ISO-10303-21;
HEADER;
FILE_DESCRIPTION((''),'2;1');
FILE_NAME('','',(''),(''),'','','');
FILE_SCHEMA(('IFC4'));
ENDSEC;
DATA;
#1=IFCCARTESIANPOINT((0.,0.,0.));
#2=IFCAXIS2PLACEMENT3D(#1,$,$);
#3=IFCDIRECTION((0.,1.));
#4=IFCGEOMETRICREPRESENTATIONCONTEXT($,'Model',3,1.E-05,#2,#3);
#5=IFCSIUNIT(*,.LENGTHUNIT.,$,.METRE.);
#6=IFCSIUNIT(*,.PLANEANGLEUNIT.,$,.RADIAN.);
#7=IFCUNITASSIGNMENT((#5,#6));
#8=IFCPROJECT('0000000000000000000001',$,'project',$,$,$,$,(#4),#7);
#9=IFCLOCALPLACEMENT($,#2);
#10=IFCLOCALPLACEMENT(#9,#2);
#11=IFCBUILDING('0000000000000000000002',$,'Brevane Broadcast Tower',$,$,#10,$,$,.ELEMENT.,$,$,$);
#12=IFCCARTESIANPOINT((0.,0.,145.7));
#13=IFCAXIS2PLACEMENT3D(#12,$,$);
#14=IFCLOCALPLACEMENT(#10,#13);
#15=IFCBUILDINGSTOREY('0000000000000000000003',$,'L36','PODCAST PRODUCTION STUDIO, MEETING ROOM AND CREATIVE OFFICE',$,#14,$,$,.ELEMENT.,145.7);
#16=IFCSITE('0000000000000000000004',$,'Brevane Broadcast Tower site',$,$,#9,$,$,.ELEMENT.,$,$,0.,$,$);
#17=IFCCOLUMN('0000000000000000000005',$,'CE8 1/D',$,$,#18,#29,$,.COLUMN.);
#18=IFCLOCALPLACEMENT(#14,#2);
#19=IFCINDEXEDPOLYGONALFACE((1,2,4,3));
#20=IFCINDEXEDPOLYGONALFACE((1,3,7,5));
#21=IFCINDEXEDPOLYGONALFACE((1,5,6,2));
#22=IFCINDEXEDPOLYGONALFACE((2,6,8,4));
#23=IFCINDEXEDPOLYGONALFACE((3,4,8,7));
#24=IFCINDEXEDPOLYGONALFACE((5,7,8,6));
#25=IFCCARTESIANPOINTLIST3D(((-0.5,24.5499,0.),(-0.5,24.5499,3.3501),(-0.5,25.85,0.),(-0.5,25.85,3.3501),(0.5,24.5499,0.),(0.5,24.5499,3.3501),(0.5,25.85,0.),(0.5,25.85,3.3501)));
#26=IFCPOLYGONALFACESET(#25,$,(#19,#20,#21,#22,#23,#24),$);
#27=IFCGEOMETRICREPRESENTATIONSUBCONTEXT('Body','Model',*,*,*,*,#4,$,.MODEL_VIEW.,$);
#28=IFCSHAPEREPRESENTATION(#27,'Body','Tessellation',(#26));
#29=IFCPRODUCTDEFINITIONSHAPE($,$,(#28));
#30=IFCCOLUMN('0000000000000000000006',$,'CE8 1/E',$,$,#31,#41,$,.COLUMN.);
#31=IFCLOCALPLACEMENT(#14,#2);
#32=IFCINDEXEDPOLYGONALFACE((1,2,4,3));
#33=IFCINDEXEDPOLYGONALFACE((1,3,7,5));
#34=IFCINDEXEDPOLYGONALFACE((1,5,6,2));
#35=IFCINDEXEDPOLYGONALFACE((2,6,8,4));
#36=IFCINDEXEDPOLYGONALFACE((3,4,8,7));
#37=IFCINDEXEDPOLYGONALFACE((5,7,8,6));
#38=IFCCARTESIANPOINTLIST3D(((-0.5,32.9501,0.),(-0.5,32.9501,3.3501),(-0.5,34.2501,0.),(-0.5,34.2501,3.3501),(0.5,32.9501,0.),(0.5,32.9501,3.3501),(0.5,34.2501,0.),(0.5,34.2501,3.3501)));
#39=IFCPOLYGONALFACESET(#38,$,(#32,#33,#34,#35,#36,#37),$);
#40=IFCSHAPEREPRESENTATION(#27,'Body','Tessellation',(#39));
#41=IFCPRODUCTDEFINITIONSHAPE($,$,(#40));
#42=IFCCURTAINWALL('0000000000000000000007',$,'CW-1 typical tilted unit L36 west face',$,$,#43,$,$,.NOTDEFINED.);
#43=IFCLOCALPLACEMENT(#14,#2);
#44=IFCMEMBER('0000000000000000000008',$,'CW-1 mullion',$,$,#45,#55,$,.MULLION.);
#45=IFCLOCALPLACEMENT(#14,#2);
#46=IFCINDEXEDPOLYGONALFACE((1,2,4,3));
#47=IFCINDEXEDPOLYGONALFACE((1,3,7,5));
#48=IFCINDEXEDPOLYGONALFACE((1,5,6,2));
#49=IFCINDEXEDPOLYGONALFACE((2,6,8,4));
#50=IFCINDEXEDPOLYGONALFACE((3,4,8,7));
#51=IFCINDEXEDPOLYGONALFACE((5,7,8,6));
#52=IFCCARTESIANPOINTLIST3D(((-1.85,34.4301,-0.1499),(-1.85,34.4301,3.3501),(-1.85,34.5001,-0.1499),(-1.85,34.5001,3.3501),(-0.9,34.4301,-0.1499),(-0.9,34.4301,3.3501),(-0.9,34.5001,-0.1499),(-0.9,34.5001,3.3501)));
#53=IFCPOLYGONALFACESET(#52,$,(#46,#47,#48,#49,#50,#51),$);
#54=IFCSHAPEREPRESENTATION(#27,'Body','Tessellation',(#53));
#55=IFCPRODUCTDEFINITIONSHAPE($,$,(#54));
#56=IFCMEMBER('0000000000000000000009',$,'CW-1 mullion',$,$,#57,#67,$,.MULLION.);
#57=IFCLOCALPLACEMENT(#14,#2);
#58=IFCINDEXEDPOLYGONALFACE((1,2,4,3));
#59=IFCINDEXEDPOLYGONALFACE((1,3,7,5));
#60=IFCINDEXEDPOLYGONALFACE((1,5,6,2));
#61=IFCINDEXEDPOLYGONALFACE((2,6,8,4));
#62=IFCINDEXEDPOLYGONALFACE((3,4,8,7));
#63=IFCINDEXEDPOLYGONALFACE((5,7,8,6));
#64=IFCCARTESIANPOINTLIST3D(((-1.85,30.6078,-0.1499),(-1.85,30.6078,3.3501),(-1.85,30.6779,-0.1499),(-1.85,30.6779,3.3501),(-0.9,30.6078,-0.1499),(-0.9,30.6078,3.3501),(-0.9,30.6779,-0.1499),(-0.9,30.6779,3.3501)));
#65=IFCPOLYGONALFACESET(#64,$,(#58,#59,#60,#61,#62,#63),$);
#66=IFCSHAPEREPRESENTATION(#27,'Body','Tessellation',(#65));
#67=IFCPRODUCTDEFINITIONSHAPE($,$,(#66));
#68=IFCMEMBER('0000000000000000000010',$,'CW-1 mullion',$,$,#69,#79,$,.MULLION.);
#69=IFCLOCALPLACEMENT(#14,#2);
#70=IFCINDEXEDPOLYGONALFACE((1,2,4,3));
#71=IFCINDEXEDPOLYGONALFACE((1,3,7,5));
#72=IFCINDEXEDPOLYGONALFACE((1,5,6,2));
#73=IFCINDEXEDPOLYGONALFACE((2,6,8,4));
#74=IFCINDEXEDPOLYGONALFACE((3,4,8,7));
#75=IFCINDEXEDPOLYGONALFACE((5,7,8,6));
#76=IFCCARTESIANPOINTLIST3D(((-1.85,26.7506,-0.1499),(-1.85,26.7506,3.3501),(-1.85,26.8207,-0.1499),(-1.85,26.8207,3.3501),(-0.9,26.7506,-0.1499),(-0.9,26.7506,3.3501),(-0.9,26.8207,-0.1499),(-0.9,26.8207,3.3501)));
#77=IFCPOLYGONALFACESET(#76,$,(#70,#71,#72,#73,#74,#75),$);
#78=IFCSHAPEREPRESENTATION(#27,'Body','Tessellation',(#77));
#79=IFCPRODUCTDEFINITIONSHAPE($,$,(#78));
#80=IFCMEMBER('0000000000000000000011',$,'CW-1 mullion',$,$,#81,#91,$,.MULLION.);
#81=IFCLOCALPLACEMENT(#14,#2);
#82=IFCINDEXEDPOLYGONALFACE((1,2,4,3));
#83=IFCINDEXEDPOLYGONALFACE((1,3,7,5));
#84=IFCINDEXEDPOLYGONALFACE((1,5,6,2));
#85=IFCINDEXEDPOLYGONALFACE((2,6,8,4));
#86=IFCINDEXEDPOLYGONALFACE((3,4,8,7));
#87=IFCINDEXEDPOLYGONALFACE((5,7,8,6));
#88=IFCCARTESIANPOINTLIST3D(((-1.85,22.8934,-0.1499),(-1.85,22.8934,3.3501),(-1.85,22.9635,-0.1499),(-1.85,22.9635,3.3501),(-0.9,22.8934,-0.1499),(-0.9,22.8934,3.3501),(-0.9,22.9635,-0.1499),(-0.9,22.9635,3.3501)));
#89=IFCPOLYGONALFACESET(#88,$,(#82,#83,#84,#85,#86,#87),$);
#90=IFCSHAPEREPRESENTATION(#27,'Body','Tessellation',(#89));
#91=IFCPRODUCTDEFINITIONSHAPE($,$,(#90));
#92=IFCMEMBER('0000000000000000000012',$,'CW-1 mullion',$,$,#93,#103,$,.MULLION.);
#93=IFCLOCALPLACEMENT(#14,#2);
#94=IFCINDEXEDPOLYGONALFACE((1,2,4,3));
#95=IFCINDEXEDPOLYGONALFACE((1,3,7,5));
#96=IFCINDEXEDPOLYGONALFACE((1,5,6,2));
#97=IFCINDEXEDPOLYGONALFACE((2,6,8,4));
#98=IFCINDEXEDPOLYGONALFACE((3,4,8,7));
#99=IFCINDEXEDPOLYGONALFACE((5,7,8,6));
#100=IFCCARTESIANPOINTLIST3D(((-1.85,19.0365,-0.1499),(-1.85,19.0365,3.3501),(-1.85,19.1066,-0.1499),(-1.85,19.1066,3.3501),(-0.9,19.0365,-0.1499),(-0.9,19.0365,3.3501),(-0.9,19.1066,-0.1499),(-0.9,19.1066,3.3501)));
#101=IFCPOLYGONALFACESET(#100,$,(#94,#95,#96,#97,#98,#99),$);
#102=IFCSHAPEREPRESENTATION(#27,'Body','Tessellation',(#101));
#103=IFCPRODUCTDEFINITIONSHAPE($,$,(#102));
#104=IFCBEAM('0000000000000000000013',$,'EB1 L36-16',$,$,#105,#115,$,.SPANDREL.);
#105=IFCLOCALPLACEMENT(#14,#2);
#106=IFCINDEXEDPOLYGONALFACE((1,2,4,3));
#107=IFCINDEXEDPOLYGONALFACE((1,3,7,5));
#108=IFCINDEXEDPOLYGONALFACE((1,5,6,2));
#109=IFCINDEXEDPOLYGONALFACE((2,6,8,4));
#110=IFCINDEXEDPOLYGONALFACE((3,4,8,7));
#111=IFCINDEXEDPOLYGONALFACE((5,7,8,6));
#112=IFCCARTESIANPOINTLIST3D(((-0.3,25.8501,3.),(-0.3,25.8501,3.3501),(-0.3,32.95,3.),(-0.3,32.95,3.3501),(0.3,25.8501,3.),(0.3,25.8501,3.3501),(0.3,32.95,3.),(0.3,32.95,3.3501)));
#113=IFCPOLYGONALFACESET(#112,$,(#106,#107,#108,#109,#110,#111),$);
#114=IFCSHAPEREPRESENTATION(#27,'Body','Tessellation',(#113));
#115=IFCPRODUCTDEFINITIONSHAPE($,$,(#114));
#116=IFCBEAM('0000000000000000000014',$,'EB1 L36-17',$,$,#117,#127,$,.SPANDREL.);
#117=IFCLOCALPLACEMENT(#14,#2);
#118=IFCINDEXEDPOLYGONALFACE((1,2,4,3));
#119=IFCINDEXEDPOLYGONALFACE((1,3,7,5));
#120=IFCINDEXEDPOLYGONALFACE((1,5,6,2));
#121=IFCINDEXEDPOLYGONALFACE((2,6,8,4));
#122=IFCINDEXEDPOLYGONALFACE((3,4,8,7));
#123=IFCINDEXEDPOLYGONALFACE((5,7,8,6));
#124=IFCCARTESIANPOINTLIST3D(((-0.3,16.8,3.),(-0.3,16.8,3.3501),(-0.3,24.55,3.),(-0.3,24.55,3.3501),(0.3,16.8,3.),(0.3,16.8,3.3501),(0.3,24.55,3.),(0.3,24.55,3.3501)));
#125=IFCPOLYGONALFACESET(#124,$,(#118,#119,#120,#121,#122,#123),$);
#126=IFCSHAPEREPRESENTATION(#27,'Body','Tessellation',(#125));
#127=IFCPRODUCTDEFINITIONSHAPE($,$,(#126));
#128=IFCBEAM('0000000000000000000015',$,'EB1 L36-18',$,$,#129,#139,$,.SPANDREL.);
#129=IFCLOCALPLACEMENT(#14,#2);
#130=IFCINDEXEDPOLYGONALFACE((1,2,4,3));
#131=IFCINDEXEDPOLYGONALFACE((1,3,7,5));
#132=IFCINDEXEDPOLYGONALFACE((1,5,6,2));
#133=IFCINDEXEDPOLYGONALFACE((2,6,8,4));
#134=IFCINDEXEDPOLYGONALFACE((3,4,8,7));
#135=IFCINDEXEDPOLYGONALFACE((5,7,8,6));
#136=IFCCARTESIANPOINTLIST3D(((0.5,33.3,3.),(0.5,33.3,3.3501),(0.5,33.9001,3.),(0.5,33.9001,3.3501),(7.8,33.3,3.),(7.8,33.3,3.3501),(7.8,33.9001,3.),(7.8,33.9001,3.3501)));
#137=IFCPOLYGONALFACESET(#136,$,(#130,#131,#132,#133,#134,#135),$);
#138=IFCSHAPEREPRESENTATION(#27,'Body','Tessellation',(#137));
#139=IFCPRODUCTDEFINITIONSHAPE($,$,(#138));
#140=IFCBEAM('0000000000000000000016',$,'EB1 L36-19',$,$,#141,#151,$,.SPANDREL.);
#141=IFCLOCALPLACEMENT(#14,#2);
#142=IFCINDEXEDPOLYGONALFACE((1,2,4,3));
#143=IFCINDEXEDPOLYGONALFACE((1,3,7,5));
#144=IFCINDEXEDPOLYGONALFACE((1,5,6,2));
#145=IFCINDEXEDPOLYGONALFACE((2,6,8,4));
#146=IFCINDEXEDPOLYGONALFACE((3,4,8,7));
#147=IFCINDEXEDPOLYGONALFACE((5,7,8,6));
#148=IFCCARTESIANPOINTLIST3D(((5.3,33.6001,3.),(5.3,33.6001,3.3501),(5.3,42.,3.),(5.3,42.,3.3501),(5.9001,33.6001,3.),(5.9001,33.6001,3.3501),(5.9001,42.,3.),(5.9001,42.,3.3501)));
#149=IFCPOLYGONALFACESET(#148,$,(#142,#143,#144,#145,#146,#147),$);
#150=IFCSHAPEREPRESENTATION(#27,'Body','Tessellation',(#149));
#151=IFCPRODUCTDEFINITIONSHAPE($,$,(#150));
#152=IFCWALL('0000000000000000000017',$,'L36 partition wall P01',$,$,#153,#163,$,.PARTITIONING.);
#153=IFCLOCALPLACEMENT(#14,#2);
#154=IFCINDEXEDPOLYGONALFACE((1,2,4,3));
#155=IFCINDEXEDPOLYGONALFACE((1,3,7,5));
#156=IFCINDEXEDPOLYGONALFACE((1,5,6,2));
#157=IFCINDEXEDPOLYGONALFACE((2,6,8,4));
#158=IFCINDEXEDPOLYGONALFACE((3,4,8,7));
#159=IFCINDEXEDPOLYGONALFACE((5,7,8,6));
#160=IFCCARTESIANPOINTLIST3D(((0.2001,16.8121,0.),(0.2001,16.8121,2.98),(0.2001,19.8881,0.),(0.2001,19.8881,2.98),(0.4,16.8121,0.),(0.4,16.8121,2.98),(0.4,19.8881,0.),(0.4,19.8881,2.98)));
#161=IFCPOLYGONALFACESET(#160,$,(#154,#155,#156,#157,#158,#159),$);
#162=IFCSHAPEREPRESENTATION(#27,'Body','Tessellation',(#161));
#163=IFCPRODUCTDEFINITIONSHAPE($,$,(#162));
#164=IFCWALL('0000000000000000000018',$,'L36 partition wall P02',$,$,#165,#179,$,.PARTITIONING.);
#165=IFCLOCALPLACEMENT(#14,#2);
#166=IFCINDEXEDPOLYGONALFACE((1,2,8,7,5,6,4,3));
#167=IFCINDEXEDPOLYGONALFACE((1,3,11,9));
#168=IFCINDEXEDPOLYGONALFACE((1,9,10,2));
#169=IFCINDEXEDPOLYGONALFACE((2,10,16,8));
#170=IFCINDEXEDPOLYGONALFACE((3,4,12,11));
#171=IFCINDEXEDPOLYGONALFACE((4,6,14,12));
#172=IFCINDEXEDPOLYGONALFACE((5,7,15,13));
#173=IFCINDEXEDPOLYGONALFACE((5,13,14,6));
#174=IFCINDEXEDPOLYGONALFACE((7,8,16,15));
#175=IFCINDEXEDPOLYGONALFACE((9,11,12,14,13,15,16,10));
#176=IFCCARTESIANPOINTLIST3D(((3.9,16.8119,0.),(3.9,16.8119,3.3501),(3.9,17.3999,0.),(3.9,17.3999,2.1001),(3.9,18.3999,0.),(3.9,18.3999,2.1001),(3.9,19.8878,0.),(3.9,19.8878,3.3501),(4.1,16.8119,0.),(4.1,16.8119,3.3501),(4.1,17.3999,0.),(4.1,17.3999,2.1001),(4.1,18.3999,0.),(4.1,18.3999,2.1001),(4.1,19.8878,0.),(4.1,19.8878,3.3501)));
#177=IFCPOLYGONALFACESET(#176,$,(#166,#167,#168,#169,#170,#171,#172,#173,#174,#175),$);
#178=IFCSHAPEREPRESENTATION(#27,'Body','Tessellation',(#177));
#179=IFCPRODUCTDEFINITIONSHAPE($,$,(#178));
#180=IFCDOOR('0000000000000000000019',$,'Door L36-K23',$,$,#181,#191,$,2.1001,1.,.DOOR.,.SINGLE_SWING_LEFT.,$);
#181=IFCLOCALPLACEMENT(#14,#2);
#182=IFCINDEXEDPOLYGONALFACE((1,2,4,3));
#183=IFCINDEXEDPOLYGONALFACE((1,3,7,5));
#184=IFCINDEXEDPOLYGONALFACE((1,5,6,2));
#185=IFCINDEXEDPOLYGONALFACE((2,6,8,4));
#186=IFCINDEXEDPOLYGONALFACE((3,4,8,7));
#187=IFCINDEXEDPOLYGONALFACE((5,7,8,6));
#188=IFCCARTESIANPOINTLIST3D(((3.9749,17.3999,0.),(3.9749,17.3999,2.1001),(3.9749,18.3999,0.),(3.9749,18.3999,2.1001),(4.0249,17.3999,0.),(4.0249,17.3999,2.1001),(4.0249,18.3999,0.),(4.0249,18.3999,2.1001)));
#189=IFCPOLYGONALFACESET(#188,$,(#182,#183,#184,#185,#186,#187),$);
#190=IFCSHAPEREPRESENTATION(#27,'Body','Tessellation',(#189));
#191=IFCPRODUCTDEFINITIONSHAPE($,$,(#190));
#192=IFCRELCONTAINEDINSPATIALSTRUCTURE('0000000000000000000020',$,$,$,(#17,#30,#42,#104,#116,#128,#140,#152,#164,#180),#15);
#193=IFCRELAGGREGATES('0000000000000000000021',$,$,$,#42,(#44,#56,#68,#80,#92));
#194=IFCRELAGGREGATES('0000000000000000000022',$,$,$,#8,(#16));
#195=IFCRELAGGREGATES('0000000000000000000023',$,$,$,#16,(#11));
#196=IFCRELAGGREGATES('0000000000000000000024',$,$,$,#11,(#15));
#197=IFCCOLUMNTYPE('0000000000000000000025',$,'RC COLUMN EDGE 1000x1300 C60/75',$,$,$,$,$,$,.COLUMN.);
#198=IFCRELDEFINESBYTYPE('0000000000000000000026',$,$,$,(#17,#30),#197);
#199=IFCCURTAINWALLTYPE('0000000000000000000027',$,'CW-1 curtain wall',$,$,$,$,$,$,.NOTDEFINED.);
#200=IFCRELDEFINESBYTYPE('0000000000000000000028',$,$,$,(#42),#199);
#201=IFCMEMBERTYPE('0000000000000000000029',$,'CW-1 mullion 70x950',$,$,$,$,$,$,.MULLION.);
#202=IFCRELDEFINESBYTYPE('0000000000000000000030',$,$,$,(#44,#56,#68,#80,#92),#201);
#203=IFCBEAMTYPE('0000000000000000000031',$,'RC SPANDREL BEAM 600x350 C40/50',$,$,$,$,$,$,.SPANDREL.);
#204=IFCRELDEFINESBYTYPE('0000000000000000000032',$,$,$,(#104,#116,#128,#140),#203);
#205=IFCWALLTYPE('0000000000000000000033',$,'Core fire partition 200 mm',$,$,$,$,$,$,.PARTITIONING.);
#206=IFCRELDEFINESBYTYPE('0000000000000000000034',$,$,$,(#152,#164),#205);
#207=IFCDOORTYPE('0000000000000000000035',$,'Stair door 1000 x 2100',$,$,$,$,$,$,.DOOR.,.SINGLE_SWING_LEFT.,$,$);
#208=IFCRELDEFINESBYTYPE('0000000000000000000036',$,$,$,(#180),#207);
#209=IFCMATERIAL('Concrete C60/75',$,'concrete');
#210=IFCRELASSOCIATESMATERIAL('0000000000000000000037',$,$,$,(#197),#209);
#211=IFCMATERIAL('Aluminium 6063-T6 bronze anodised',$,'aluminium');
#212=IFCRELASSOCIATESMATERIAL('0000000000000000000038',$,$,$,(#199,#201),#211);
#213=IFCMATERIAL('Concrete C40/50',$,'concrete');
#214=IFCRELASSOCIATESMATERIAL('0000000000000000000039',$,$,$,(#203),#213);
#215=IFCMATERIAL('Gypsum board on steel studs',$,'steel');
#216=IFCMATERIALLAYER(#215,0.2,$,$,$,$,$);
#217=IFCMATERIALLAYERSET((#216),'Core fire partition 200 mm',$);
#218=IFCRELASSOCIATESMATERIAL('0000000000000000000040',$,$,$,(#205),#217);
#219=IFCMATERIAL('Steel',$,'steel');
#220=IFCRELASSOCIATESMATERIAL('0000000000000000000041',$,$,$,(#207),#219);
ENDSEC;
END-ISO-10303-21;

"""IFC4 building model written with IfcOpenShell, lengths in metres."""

from ifc_helpers import new_model, si_unit, direction, frame, frame_2d, origin, origin_2d, place, context, subcontext, project, spatial, rectangle, extrude, material, layer, layer_set, material_profile, profile_set, type_object, element, fill, aggregate, save


model = new_model("IFC4")

# Units and contexts
model_context = context("Model", 3, precision=1e-05, world=origin(), true_north=direction((0.0, 1.0)))
body_context = subcontext(model_context, "Body", "Model", "MODEL_VIEW")
ifc_project = project(units=[si_unit("LENGTHUNIT", "METRE"), si_unit("PLANEANGLEUNIT", "RADIAN")], contexts=[model_context])

# Site, building, storey
site_placement = place(None, origin())
site = spatial("IfcSite", under=ifc_project, at=site_placement, Name="Brevane Broadcast Tower site", CompositionType="ELEMENT", RefElevation=0.0)
building_placement = place(site_placement, origin())
building = spatial("IfcBuilding", under=site, at=building_placement, Name="Brevane Broadcast Tower", CompositionType="ELEMENT")
storey_placement = place(building_placement, frame((0.0, 0.0, 145.7)))
storey = spatial("IfcBuildingStorey", under=building, at=storey_placement, Name="L36", Description="PODCAST PRODUCTION STUDIO, MEETING ROOM AND CREATIVE OFFICE", CompositionType="ELEMENT", Elevation=145.7)

# Columns
ifc_material_1 = material(Name="Concrete C60/75", Category="concrete")
ifc_material_profile_1 = material_profile(ifc_material_1, rectangle(XDim=1.0, YDim=1.3, at=origin_2d()), Name="RC 1000x1300")
ifc_profile_set_1 = profile_set([ifc_material_profile_1], Name="Concrete C60/75")
column_type = type_object("IfcColumnType", Name="RC COLUMN EDGE 1000x1300 C60/75", PredefinedType="COLUMN", material=ifc_profile_set_1)
for number, where, z_axis, x_axis, name in (
    (1, (0.0, 25.2, 0.0), (0.0, 0.0, 1.0), (1.0, 0.0, 0.0), "CE8 1/D"),
    (2, (0.0, 33.6001, 0.0), (0.0, 0.0, 1.0), (1.0, 0.0, 0.0), "CE8 1/E"),
):
    element("IfcColumn", number, at=place(storey_placement, frame(where, z_axis=z_axis, x_axis=x_axis)), inside=storey, type_object=column_type, Name=name, PredefinedType="COLUMN", context=body_context, shape_type="SweptSolid", body=[
        extrude(rectangle(XDim=1.0, YDim=1.3, at=origin_2d()), origin(), (0.0, 0.0, 1.0), 3.3501),
    ])

# Curtain wall, members
ifc_material_2 = material(Name="Aluminium 6063-T6 bronze anodised", Category="aluminium")
curtain_wall_type = type_object("IfcCurtainWallType", Name="CW-1 curtain wall", PredefinedType="NOTDEFINED", material=ifc_material_2)
curtain_wall_placement = place(storey_placement, origin())
curtain_wall = element("IfcCurtainWall", 3, at=curtain_wall_placement, inside=storey, type_object=curtain_wall_type, Name="CW-1 typical tilted unit L36 west face", PredefinedType="NOTDEFINED")
ifc_material_profile_2 = material_profile(ifc_material_2, rectangle(XDim=0.95, YDim=0.0701, at=origin_2d()), Name="RECT 70x950")
ifc_profile_set_2 = profile_set([ifc_material_profile_2], Name="Aluminium 6063-T6 bronze anodised")
member_type = type_object("IfcMemberType", Name="CW-1 mullion 70x950", PredefinedType="MULLION", material=ifc_profile_set_2)
member_1_placement = place(storey_placement, frame((-1.375, 34.4651, -0.1499), z_axis=(0.0, 0.0, 1.0), x_axis=(1.0, 0.0, 0.0)))
member_1 = element("IfcMember", 4, at=member_1_placement, type_object=member_type, Name="CW-1 mullion", PredefinedType="MULLION", context=body_context, shape_type="SweptSolid", body=[
    extrude(rectangle(XDim=0.95, YDim=0.0701, at=origin_2d()), origin(), (0.0, 0.0, 1.0), 3.5),
])
member_2_placement = place(storey_placement, frame((-1.375, 30.6428, -0.1499), z_axis=(0.0, 0.0, 1.0), x_axis=(1.0, 0.0, 0.0)))
member_2 = element("IfcMember", 5, at=member_2_placement, type_object=member_type, Name="CW-1 mullion", PredefinedType="MULLION", context=body_context, shape_type="SweptSolid", body=[
    extrude(rectangle(XDim=0.95, YDim=0.0701, at=origin_2d()), origin(), (0.0, 0.0, 1.0), 3.5),
])
member_3_placement = place(storey_placement, frame((-1.375, 26.7856, -0.1499), z_axis=(0.0, 0.0, 1.0), x_axis=(1.0, 0.0, 0.0)))
member_3 = element("IfcMember", 6, at=member_3_placement, type_object=member_type, Name="CW-1 mullion", PredefinedType="MULLION", context=body_context, shape_type="SweptSolid", body=[
    extrude(rectangle(XDim=0.95, YDim=0.0701, at=origin_2d()), origin(), (0.0, 0.0, 1.0), 3.5),
])
member_4_placement = place(storey_placement, frame((-1.375, 22.9285, -0.1499), z_axis=(0.0, 0.0, 1.0), x_axis=(1.0, 0.0, 0.0)))
member_4 = element("IfcMember", 7, at=member_4_placement, type_object=member_type, Name="CW-1 mullion", PredefinedType="MULLION", context=body_context, shape_type="SweptSolid", body=[
    extrude(rectangle(XDim=0.95, YDim=0.0701, at=origin_2d()), origin(), (0.0, 0.0, 1.0), 3.5),
])
member_5_placement = place(storey_placement, frame((-1.375, 19.0715, -0.1499), z_axis=(0.0, 0.0, 1.0), x_axis=(1.0, 0.0, 0.0)))
member_5 = element("IfcMember", 8, at=member_5_placement, type_object=member_type, Name="CW-1 mullion", PredefinedType="MULLION", context=body_context, shape_type="SweptSolid", body=[
    extrude(rectangle(XDim=0.95, YDim=0.0701, at=origin_2d()), origin(), (0.0, 0.0, 1.0), 3.5),
])
aggregate(curtain_wall, [member_1, member_2, member_3, member_4, member_5])

# Beams
ifc_material_3 = material(Name="Concrete C40/50", Category="concrete")
ifc_material_profile_3 = material_profile(ifc_material_3, rectangle(XDim=0.6001, YDim=0.3501, at=origin_2d()), Name="RC 600x350")
ifc_profile_set_3 = profile_set([ifc_material_profile_3], Name="Concrete C40/50")
beam_type = type_object("IfcBeamType", Name="RC SPANDREL BEAM 600x350 C40/50", PredefinedType="SPANDREL", material=ifc_profile_set_3)
beam_1_placement = place(storey_placement, frame((0.0, 32.95, 3.175), z_axis=(0.0, -1.0, 0.0), x_axis=(1.0, 0.0, 0.0)))
element("IfcBeam", 9, at=beam_1_placement, inside=storey, type_object=beam_type, Name="EB1 L36-16", PredefinedType="SPANDREL", context=body_context, shape_type="SweptSolid", body=[
    extrude(rectangle(XDim=0.6001, YDim=0.3501, at=origin_2d()), origin(), (0.0, 0.0, 1.0), 7.0999),
])
beam_2_placement = place(storey_placement, frame((0.0, 24.55, 3.175), z_axis=(0.0, -1.0, 0.0), x_axis=(1.0, 0.0, 0.0)))
element("IfcBeam", 10, at=beam_2_placement, inside=storey, type_object=beam_type, Name="EB1 L36-17", PredefinedType="SPANDREL", context=body_context, shape_type="SweptSolid", body=[
    extrude(rectangle(XDim=0.6001, YDim=0.3501, at=origin_2d()), origin(), (0.0, 0.0, 1.0), 7.75),
])
beam_3_placement = place(storey_placement, frame((0.5, 33.6001, 3.175), z_axis=(1.0, 0.0, 0.0), x_axis=(0.0, 1.0, 0.0)))
element("IfcBeam", 11, at=beam_3_placement, inside=storey, type_object=beam_type, Name="EB1 L36-18", PredefinedType="SPANDREL", context=body_context, shape_type="SweptSolid", body=[
    extrude(rectangle(XDim=0.6001, YDim=0.3501, at=origin_2d()), origin(), (0.0, 0.0, 1.0), 7.3),
])
beam_4_placement = place(storey_placement, frame((5.6001, 33.6001, 3.175), z_axis=(0.0, 1.0, 0.0), x_axis=(-1.0, 0.0, 0.0)))
element("IfcBeam", 12, at=beam_4_placement, inside=storey, type_object=beam_type, Name="EB1 L36-19", PredefinedType="SPANDREL", context=body_context, shape_type="SweptSolid", body=[
    extrude(rectangle(XDim=0.6001, YDim=0.3501, at=origin_2d()), origin(), (0.0, 0.0, 1.0), 8.3999),
])

# Wall
ifc_material_4 = material(Name="Gypsum board on steel studs", Category="steel")
ifc_layer_1 = layer(ifc_material_4, 0.2)
ifc_layer_set_1 = layer_set([ifc_layer_1], Name="Core fire partition 200 mm")
wall_type_1 = type_object("IfcWallType", Name="Core fire partition 200 mm", PredefinedType="PARTITIONING", material=ifc_layer_set_1)
wall_1_placement = place(storey_placement, frame((0.3, 16.812, 0.0), z_axis=(0.0, 0.0, 1.0), x_axis=(0.0, 1.0, 0.0)))
element("IfcWall", 13, at=wall_1_placement, inside=storey, type_object=wall_type_1, Name="L36 partition wall P01", PredefinedType="PARTITIONING", context=body_context, shape_type="SweptSolid", body=[
    extrude(rectangle(XDim=3.0759, YDim=0.2, at=frame_2d((1.5381, 0.0))), origin(), (0.0, 0.0, 1.0), 2.98),
])

# Wall, opening, door
wall_2_placement = place(storey_placement, frame((4.0, 19.8879, 0.0), z_axis=(0.0, 0.0, 1.0), x_axis=(0.0, -1.0, 0.0)))
wall_2 = element("IfcWall", 14, at=wall_2_placement, inside=storey, type_object=wall_type_1, Name="L36 partition wall P02", PredefinedType="PARTITIONING", context=body_context, shape_type="SweptSolid", body=[
    extrude(rectangle(XDim=3.0759, YDim=0.2, at=frame_2d((1.5381, 0.0))), origin(), (0.0, 0.0, 1.0), 3.3501),
])
opening_1_placement = place(wall_2_placement, frame((1.488, 0.0, 0.0)))
opening_1 = element("IfcOpeningElement", 15, at=opening_1_placement, cuts=wall_2, PredefinedType="OPENING", context=body_context, shape_type="SweptSolid", body=[
    extrude(rectangle(XDim=1.0, YDim=2.1001, at=frame_2d((0.5, 1.05))), frame((0.0, 0.1099, 0.0), z_axis=(0.0, -1.0, 0.0), x_axis=(1.0, 0.0, 0.0)), (0.0, 0.0, 1.0), 0.22),
])
ifc_material_5 = material(Name="Steel", Category="steel")
door_type_1 = type_object("IfcDoorType", Name="Stair door 1000 x 2100", OperationType="SINGLE_SWING_LEFT", PredefinedType="DOOR", material=ifc_material_5)
door_1_placement = place(opening_1_placement, origin())
door_1 = element("IfcDoor", 16, at=door_1_placement, inside=storey, type_object=door_type_1, Name="Door L36-K23", OperationType="SINGLE_SWING_LEFT", OverallHeight=2.1001, OverallWidth=1.0, PredefinedType="DOOR", context=body_context, shape_type="SweptSolid", body=[
    extrude(rectangle(XDim=1.0, YDim=2.1001, at=frame_2d((0.5, 1.05))), frame((0.0, 0.0249, 0.0), z_axis=(0.0, -1.0, 0.0), x_axis=(1.0, 0.0, 0.0)), (0.0, 0.0, 1.0), 0.05),
])
fill(opening_1, door_1)

save(model, "model.ifc")
